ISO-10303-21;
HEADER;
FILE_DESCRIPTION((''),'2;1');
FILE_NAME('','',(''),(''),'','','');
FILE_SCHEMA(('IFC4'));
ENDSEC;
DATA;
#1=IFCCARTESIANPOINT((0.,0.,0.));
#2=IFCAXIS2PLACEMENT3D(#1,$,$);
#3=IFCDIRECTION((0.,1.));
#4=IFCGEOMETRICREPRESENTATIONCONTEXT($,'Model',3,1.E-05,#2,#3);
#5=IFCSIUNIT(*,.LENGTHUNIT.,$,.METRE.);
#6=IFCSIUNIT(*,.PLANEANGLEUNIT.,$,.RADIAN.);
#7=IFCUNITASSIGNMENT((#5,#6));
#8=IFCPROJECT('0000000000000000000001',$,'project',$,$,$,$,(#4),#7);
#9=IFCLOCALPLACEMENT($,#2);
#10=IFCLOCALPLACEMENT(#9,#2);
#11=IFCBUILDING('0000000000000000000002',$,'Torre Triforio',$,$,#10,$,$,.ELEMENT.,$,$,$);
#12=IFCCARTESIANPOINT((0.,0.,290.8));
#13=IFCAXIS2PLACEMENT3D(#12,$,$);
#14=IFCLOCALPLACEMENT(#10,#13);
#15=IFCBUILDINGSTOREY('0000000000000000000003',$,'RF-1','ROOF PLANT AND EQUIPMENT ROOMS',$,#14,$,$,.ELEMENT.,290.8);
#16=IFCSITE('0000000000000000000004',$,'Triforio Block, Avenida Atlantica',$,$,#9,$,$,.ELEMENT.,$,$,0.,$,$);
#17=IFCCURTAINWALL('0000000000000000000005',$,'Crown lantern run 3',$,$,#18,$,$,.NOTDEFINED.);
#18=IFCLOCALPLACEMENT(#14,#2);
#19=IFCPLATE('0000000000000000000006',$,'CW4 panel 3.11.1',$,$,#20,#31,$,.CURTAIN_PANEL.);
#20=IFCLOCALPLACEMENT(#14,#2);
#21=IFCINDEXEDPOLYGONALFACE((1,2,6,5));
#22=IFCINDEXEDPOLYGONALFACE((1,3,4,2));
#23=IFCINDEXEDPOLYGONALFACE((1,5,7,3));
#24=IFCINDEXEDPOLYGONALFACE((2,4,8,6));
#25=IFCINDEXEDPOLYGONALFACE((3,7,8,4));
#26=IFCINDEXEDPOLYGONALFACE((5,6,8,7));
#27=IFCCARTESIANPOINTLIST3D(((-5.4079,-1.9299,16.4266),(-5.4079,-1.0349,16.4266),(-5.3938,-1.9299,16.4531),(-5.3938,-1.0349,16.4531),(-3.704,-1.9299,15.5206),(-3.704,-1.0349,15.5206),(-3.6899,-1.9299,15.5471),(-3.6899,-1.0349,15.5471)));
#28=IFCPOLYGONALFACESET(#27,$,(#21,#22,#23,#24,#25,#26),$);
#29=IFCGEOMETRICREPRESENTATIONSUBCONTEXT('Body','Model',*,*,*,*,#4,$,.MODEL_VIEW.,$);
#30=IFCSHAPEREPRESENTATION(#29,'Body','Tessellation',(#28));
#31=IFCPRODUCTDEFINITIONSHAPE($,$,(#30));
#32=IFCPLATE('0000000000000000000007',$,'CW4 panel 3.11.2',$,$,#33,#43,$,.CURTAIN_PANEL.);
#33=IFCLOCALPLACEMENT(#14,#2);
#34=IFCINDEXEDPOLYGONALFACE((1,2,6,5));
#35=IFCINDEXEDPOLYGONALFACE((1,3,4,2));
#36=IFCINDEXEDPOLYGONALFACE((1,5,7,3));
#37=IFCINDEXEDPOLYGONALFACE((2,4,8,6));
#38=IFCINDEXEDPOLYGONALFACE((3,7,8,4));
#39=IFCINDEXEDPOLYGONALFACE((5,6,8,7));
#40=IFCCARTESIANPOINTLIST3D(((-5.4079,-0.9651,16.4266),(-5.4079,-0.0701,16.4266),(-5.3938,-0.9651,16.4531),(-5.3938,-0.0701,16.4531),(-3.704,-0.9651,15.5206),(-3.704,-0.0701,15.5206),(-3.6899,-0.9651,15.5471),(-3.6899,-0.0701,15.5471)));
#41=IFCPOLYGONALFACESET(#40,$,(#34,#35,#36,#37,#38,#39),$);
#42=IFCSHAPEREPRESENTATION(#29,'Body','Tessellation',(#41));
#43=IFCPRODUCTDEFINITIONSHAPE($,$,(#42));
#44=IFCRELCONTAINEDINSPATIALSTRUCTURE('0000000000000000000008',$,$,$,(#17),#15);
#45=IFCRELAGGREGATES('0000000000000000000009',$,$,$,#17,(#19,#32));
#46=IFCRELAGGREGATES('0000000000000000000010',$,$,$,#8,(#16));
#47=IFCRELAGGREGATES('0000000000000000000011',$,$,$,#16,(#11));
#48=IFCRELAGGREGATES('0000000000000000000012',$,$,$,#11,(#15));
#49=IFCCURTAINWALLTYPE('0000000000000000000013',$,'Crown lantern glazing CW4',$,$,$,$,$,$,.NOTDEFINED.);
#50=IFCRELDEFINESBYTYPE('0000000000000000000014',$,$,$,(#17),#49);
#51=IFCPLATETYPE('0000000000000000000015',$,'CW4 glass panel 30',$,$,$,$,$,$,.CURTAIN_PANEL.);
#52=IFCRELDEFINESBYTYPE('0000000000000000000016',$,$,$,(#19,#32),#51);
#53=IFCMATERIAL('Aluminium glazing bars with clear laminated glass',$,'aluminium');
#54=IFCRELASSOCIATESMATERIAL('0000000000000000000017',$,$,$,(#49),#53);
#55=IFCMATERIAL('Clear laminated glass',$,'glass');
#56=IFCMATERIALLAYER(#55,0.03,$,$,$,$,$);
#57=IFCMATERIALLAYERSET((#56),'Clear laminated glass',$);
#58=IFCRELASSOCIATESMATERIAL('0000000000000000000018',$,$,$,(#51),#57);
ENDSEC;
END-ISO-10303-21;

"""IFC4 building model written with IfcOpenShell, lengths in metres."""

from ifc_helpers import new_model, si_unit, direction, frame, origin, place, context, subcontext, project, spatial, polyline, outline, extrude, material, layer, layer_set, type_object, element, aggregate, save


model = new_model("IFC4")

# Units and contexts
model_context = context("Model", 3, precision=1e-05, world=origin(), true_north=direction((0.0, 1.0)))
body_context = subcontext(model_context, "Body", "Model", "MODEL_VIEW")
ifc_project = project(units=[si_unit("LENGTHUNIT", "METRE"), si_unit("PLANEANGLEUNIT", "RADIAN")], contexts=[model_context])

# Site, building, storey
site_placement = place(None, origin())
site = spatial("IfcSite", under=ifc_project, at=site_placement, Name="Triforio Block, Avenida Atlantica", CompositionType="ELEMENT", RefElevation=0.0)
building_placement = place(site_placement, origin())
building = spatial("IfcBuilding", under=site, at=building_placement, Name="Torre Triforio", CompositionType="ELEMENT")
storey_placement = place(building_placement, frame((0.0, 0.0, 290.8)))
storey = spatial("IfcBuildingStorey", under=building, at=storey_placement, Name="RF-1", Description="ROOF PLANT AND EQUIPMENT ROOMS", CompositionType="ELEMENT", Elevation=290.8)

# Curtain wall
ifc_material_1 = material(Name="Aluminium glazing bars with clear laminated glass", Category="aluminium")
curtain_wall_type = type_object("IfcCurtainWallType", Name="Crown lantern glazing CW4", PredefinedType="NOTDEFINED", material=ifc_material_1)
curtain_wall_1_placement = place(storey_placement, origin())
curtain_wall_1 = element("IfcCurtainWall", 1, at=curtain_wall_1_placement, inside=storey, type_object=curtain_wall_type, Name="Crown lantern run 3", PredefinedType="NOTDEFINED")

# Plates
ifc_material_2 = material(Name="Clear laminated glass", Category="glass")
ifc_layer = layer(ifc_material_2, 0.03)
ifc_layer_set = layer_set([ifc_layer], Name="Clear laminated glass")
plate_type = type_object("IfcPlateType", Name="CW4 glass panel 30", PredefinedType="CURTAIN_PANEL", material=ifc_layer_set)
plate_1_placement = place(storey_placement, frame((-3.6899, -1.9299, 15.5471), z_axis=(0.469491, 0.0, 0.882937), x_axis=(0.0, 1.0, 0.0)))
plate_1 = element("IfcPlate", 2, at=plate_1_placement, type_object=plate_type, Name="CW4 panel 3.11.1", PredefinedType="CURTAIN_PANEL", context=body_context, shape_type="SweptSolid", body=[
    extrude(outline(polyline([(0.0, 0.0), (0.895, 0.0), (0.895, 1.9298), (0.0, 1.9298), (0.0, 0.0)])), origin(), (0.0, 0.0, -1.0), 0.03),
])
plate_2_placement = place(storey_placement, frame((-3.6899, -0.9651, 15.5471), z_axis=(0.469491, 0.0, 0.882937), x_axis=(0.0, 1.0, 0.0)))
plate_2 = element("IfcPlate", 3, at=plate_2_placement, type_object=plate_type, Name="CW4 panel 3.11.2", PredefinedType="CURTAIN_PANEL", context=body_context, shape_type="SweptSolid", body=[
    extrude(outline(polyline([(0.0, 0.0), (0.895, 0.0), (0.895, 1.9298), (0.0, 1.9298), (0.0, 0.0)])), origin(), (0.0, 0.0, -1.0), 0.03),
])
aggregate(curtain_wall_1, [plate_1, plate_2])

save(model, "model.ifc")
